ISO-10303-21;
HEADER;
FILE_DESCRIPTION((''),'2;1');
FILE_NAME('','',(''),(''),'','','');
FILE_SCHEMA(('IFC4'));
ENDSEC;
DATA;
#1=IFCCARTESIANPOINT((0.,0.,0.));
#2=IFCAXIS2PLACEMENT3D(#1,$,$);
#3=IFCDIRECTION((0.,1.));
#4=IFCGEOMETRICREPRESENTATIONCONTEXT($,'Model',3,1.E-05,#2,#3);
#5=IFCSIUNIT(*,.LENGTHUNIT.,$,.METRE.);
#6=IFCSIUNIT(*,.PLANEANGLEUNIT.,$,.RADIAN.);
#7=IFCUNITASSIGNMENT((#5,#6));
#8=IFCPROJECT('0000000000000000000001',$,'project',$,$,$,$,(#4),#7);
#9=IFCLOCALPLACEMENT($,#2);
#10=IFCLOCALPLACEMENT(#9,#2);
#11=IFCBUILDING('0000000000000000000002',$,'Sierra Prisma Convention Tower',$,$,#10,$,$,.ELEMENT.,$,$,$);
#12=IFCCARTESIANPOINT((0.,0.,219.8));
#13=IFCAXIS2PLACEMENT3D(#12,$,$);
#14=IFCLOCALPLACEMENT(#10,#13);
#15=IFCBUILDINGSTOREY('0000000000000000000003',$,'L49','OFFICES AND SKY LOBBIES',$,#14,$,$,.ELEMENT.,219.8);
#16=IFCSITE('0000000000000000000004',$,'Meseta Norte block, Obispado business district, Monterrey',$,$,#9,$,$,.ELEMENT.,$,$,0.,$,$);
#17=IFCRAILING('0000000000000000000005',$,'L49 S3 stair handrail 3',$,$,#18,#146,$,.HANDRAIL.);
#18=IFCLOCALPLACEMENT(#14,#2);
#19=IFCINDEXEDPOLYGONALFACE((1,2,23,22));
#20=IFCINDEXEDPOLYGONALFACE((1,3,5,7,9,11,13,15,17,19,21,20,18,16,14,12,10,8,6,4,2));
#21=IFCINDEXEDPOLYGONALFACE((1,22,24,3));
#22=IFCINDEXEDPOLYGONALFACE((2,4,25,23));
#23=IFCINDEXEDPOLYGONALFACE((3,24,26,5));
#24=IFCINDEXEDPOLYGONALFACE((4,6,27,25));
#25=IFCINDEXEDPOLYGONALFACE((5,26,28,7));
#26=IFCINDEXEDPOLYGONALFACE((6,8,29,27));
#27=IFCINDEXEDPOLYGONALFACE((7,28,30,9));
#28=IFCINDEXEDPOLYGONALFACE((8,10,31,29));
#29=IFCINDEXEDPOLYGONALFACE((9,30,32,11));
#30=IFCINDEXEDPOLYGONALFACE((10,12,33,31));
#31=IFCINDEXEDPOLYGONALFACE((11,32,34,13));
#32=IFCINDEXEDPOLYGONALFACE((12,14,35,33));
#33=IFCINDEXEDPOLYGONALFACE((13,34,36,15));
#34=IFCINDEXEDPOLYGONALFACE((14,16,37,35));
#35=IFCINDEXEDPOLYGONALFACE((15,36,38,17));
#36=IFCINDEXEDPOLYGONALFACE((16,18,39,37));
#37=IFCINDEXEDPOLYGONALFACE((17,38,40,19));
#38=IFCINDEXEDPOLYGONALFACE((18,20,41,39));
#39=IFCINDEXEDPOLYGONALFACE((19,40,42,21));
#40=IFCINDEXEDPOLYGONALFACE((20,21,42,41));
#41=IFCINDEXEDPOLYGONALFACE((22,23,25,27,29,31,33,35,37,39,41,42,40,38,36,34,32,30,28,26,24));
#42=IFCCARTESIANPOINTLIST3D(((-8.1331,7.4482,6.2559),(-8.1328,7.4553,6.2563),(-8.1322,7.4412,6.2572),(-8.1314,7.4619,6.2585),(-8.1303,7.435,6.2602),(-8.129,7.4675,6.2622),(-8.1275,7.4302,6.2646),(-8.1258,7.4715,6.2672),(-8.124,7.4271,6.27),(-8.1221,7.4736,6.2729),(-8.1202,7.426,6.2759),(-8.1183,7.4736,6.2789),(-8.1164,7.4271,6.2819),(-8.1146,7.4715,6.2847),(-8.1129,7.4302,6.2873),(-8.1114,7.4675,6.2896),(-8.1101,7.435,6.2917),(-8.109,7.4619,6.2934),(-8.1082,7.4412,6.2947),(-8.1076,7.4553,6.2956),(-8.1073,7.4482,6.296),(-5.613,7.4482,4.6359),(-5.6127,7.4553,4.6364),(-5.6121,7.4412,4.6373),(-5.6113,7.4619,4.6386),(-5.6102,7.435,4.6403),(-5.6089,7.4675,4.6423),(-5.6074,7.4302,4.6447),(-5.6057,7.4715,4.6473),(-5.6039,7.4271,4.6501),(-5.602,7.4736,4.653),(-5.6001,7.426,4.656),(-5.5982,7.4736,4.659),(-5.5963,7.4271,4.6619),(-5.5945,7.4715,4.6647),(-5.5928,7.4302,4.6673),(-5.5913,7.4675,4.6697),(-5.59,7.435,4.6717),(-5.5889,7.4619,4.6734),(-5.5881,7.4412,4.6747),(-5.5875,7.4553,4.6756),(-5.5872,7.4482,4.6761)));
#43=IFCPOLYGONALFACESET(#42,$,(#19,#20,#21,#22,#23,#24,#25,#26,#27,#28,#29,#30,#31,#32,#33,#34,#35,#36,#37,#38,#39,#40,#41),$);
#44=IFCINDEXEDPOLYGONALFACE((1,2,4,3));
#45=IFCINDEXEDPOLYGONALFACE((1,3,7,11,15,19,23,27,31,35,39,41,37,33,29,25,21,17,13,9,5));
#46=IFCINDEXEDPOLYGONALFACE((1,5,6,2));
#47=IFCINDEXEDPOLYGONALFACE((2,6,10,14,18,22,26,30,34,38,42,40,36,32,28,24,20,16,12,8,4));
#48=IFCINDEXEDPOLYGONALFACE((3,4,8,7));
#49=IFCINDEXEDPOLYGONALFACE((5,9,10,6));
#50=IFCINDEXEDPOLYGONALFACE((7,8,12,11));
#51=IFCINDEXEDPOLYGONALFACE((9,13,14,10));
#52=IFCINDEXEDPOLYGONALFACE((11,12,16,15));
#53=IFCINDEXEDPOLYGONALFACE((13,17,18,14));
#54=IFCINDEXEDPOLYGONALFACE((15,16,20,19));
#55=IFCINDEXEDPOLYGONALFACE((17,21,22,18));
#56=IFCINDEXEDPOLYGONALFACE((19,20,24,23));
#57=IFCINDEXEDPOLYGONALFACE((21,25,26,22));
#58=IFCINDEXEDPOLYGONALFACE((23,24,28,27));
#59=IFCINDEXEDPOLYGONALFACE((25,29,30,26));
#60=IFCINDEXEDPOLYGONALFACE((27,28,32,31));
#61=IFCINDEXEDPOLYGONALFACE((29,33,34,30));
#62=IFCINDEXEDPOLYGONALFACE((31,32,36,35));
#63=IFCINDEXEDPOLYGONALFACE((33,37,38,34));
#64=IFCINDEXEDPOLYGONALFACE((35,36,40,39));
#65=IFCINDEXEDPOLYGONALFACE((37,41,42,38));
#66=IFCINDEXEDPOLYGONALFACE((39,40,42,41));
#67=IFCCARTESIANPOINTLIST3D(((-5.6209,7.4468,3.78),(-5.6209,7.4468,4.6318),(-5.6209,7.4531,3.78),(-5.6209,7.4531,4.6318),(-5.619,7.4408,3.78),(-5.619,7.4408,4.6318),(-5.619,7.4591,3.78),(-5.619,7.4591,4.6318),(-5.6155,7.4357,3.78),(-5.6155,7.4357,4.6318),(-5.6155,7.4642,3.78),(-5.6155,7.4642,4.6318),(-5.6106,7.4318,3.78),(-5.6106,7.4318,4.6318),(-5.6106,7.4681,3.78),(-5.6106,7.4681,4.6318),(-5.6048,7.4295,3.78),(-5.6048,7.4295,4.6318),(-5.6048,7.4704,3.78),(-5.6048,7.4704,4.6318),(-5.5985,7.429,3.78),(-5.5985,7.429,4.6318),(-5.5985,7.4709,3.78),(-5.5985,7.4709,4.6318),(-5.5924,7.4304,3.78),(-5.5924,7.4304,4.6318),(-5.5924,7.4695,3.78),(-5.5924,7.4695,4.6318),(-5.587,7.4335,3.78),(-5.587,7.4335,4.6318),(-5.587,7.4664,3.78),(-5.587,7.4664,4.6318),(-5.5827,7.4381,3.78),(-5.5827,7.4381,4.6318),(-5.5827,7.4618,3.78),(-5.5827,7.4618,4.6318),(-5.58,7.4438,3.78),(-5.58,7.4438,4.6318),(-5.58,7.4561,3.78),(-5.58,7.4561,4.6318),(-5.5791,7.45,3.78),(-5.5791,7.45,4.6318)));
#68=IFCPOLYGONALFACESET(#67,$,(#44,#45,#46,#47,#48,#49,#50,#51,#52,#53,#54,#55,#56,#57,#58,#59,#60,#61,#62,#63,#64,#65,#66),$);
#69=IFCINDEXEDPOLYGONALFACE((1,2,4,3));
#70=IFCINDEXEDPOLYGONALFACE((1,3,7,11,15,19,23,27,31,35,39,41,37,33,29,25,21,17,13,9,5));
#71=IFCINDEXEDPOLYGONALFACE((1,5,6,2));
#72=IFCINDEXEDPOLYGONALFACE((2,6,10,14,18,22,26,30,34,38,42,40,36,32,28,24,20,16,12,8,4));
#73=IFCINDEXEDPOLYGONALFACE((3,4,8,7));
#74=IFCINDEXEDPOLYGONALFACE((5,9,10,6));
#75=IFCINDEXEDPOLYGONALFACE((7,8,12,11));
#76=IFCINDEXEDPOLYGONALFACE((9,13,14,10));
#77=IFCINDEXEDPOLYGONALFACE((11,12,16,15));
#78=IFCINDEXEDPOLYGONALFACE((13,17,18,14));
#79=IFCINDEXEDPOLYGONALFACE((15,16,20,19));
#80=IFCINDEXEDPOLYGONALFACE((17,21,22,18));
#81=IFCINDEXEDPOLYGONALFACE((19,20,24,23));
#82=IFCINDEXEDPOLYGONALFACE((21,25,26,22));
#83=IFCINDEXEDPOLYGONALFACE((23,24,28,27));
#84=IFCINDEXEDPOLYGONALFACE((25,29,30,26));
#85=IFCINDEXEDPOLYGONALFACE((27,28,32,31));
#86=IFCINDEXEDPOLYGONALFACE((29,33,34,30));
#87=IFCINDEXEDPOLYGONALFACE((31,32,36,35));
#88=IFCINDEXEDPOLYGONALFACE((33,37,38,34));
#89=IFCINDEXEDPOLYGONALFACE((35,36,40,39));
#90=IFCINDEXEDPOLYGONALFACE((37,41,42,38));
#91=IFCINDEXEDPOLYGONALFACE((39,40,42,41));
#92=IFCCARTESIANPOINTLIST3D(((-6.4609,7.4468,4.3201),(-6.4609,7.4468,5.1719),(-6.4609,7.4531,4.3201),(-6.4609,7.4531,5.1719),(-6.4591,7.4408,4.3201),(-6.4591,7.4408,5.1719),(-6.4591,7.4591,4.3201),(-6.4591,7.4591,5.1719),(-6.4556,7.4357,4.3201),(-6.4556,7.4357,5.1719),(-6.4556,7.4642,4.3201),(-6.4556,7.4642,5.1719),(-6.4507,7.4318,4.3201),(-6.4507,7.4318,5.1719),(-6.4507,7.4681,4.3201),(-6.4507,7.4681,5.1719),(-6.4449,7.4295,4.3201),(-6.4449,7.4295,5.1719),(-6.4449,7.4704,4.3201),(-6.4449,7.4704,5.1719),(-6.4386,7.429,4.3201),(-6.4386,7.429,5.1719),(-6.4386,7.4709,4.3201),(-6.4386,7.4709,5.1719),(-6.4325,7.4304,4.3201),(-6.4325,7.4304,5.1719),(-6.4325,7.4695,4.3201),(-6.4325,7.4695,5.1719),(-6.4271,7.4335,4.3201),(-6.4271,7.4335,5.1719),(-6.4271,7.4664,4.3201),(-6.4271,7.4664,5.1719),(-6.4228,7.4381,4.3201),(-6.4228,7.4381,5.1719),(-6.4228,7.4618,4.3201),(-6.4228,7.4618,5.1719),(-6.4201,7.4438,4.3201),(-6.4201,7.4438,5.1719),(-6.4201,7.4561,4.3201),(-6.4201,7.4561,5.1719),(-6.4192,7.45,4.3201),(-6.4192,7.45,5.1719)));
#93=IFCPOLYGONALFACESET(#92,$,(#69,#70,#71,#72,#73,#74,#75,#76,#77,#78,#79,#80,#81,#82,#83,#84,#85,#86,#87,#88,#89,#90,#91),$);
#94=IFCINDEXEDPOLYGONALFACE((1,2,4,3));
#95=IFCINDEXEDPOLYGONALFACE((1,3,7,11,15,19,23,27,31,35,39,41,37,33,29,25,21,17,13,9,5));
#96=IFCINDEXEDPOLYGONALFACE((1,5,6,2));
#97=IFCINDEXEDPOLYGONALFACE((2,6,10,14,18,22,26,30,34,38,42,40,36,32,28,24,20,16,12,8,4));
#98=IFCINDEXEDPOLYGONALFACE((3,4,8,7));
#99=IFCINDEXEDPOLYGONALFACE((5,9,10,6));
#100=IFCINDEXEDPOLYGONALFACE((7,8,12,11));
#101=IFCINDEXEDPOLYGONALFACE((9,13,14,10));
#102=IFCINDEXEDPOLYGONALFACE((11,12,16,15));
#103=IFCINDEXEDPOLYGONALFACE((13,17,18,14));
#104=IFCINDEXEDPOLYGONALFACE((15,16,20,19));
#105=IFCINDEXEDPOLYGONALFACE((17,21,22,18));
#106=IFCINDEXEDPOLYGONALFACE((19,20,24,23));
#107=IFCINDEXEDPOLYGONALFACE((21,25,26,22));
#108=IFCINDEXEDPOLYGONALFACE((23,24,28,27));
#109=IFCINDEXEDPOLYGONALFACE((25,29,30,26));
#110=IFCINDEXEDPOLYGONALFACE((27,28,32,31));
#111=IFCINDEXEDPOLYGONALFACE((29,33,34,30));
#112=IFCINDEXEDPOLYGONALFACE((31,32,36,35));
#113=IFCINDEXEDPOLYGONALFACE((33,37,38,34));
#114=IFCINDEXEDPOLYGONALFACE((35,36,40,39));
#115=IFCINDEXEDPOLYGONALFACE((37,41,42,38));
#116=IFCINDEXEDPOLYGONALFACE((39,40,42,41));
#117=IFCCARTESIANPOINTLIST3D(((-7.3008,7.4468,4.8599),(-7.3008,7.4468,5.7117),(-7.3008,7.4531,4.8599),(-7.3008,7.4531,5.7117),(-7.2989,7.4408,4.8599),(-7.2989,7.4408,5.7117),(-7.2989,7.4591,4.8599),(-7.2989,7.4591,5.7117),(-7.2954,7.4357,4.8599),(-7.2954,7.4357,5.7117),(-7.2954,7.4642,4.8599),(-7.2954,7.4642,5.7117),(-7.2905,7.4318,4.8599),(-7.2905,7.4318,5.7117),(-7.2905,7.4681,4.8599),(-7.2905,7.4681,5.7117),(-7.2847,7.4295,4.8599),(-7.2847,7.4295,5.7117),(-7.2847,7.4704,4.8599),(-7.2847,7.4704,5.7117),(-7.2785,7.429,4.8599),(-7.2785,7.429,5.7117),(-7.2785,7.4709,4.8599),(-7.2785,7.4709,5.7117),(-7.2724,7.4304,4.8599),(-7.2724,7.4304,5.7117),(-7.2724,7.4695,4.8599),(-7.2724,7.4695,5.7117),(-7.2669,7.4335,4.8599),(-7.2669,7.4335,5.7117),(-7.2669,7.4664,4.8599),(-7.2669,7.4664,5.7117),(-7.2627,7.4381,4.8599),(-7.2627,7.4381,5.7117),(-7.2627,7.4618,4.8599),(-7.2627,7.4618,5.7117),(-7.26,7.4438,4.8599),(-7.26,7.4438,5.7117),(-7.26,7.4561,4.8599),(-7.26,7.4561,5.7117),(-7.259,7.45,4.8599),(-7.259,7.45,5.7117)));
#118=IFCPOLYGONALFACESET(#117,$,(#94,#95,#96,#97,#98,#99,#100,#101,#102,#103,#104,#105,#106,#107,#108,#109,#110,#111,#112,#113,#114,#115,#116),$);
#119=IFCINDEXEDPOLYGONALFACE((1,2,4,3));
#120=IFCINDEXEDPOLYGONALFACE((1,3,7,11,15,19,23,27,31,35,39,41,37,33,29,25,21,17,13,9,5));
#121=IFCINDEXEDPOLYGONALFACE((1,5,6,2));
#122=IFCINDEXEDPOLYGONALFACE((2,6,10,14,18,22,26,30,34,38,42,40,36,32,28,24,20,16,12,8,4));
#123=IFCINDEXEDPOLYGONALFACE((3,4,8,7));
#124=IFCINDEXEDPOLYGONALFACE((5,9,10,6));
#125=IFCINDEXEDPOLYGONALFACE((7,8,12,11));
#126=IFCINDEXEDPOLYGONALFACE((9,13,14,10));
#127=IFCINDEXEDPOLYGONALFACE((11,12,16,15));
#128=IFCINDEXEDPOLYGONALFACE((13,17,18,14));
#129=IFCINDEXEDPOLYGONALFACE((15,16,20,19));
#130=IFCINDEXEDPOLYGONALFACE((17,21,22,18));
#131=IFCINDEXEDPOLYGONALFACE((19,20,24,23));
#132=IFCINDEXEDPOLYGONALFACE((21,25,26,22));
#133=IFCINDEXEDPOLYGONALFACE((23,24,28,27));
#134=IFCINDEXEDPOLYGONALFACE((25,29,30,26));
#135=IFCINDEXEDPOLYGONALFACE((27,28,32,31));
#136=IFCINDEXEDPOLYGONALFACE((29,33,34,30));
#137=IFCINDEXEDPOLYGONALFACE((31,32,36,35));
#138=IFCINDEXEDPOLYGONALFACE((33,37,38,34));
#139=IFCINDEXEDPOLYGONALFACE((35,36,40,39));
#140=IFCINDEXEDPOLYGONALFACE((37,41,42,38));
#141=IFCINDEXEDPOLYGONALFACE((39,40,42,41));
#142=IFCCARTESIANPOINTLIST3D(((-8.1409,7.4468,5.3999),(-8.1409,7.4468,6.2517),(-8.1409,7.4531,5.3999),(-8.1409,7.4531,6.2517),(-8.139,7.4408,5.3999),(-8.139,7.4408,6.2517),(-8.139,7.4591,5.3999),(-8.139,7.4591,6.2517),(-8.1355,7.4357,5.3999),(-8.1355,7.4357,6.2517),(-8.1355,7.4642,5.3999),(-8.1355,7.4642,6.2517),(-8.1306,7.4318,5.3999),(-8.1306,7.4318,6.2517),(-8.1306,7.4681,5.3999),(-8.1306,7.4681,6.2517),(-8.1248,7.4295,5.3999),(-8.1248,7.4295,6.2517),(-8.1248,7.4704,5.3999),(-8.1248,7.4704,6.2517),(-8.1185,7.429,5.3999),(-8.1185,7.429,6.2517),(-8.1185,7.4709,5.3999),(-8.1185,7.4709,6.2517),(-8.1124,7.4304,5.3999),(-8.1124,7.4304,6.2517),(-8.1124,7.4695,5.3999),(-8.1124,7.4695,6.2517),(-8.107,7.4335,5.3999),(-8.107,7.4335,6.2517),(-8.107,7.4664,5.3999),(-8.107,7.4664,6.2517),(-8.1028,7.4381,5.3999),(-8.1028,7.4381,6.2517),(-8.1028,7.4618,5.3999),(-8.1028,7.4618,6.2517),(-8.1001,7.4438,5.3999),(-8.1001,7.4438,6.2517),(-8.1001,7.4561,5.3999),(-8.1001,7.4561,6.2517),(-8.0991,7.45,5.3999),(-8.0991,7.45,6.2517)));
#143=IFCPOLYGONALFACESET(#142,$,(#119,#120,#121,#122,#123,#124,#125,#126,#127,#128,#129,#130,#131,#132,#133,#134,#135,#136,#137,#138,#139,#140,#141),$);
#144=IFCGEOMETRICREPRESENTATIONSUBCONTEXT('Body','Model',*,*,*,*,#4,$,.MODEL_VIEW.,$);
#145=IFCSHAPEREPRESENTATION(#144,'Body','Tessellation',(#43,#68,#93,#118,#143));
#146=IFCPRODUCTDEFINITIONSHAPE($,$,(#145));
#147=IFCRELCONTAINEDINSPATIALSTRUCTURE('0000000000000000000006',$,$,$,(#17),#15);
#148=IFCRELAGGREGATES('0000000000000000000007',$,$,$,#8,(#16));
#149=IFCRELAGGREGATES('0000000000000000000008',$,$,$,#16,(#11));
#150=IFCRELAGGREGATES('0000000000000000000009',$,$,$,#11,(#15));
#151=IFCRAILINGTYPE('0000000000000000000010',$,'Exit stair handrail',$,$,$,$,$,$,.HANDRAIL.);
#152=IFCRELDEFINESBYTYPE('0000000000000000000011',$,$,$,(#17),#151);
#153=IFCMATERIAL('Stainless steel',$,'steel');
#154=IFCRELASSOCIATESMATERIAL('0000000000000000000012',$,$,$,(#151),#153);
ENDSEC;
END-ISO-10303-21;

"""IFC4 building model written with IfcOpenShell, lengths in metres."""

from ifc_helpers import new_model, si_unit, direction, frame, origin, origin_2d, place, context, subcontext, project, spatial, circle, extrude, material, type_object, element, save


model = new_model("IFC4")

# Units and contexts
model_context = context("Model", 3, precision=1e-05, world=origin(), true_north=direction((0.0, 1.0)))
body_context = subcontext(model_context, "Body", "Model", "MODEL_VIEW")
ifc_project = project(units=[si_unit("LENGTHUNIT", "METRE"), si_unit("PLANEANGLEUNIT", "RADIAN")], contexts=[model_context])

# Site, building, storey
site_placement = place(None, origin())
site = spatial("IfcSite", under=ifc_project, at=site_placement, Name="Meseta Norte block, Obispado business district, Monterrey", CompositionType="ELEMENT", RefElevation=0.0)
building_placement = place(site_placement, origin())
building = spatial("IfcBuilding", under=site, at=building_placement, Name="Sierra Prisma Convention Tower", CompositionType="ELEMENT")
storey_placement = place(building_placement, frame((0.0, 0.0, 219.8)))
storey = spatial("IfcBuildingStorey", under=building, at=storey_placement, Name="L49", Description="OFFICES AND SKY LOBBIES", CompositionType="ELEMENT", Elevation=219.8)

# Railing
ifc_material_1 = material(Name="Stainless steel", Category="steel")
railing_type = type_object("IfcRailingType", Name="Exit stair handrail", PredefinedType="HANDRAIL", material=ifc_material_1)
railing_placement = place(storey_placement, frame((-5.6001, 7.45, 3.78)))
element("IfcRailing", 1, at=railing_placement, inside=storey, type_object=railing_type, Name="L49 S3 stair handrail 3", PredefinedType="HANDRAIL", context=body_context, shape_type="SweptSolid", body=[
    extrude(circle(Radius=0.0239, at=origin_2d()), frame((0.0, 0.0, 0.876), z_axis=(-0.8412, 0.0, 0.540725), x_axis=(0.0, -1.0, 0.0)), (0.0, 0.0, 1.0), 2.9958),
    extrude(circle(Radius=0.021, at=origin_2d()), origin(), (0.0, 0.0, 1.0), 0.8518),
    extrude(circle(Radius=0.021, at=origin_2d()), frame((-0.8401, 0.0, 0.54)), (0.0, 0.0, 1.0), 0.8518),
    extrude(circle(Radius=0.021, at=origin_2d()), frame((-1.6799, 0.0, 1.0798)), (0.0, 0.0, 1.0), 0.8518),
    extrude(circle(Radius=0.021, at=origin_2d()), frame((-2.52, 0.0, 1.6199)), (0.0, 0.0, 1.0), 0.8518),
])

save(model, "model.ifc")
